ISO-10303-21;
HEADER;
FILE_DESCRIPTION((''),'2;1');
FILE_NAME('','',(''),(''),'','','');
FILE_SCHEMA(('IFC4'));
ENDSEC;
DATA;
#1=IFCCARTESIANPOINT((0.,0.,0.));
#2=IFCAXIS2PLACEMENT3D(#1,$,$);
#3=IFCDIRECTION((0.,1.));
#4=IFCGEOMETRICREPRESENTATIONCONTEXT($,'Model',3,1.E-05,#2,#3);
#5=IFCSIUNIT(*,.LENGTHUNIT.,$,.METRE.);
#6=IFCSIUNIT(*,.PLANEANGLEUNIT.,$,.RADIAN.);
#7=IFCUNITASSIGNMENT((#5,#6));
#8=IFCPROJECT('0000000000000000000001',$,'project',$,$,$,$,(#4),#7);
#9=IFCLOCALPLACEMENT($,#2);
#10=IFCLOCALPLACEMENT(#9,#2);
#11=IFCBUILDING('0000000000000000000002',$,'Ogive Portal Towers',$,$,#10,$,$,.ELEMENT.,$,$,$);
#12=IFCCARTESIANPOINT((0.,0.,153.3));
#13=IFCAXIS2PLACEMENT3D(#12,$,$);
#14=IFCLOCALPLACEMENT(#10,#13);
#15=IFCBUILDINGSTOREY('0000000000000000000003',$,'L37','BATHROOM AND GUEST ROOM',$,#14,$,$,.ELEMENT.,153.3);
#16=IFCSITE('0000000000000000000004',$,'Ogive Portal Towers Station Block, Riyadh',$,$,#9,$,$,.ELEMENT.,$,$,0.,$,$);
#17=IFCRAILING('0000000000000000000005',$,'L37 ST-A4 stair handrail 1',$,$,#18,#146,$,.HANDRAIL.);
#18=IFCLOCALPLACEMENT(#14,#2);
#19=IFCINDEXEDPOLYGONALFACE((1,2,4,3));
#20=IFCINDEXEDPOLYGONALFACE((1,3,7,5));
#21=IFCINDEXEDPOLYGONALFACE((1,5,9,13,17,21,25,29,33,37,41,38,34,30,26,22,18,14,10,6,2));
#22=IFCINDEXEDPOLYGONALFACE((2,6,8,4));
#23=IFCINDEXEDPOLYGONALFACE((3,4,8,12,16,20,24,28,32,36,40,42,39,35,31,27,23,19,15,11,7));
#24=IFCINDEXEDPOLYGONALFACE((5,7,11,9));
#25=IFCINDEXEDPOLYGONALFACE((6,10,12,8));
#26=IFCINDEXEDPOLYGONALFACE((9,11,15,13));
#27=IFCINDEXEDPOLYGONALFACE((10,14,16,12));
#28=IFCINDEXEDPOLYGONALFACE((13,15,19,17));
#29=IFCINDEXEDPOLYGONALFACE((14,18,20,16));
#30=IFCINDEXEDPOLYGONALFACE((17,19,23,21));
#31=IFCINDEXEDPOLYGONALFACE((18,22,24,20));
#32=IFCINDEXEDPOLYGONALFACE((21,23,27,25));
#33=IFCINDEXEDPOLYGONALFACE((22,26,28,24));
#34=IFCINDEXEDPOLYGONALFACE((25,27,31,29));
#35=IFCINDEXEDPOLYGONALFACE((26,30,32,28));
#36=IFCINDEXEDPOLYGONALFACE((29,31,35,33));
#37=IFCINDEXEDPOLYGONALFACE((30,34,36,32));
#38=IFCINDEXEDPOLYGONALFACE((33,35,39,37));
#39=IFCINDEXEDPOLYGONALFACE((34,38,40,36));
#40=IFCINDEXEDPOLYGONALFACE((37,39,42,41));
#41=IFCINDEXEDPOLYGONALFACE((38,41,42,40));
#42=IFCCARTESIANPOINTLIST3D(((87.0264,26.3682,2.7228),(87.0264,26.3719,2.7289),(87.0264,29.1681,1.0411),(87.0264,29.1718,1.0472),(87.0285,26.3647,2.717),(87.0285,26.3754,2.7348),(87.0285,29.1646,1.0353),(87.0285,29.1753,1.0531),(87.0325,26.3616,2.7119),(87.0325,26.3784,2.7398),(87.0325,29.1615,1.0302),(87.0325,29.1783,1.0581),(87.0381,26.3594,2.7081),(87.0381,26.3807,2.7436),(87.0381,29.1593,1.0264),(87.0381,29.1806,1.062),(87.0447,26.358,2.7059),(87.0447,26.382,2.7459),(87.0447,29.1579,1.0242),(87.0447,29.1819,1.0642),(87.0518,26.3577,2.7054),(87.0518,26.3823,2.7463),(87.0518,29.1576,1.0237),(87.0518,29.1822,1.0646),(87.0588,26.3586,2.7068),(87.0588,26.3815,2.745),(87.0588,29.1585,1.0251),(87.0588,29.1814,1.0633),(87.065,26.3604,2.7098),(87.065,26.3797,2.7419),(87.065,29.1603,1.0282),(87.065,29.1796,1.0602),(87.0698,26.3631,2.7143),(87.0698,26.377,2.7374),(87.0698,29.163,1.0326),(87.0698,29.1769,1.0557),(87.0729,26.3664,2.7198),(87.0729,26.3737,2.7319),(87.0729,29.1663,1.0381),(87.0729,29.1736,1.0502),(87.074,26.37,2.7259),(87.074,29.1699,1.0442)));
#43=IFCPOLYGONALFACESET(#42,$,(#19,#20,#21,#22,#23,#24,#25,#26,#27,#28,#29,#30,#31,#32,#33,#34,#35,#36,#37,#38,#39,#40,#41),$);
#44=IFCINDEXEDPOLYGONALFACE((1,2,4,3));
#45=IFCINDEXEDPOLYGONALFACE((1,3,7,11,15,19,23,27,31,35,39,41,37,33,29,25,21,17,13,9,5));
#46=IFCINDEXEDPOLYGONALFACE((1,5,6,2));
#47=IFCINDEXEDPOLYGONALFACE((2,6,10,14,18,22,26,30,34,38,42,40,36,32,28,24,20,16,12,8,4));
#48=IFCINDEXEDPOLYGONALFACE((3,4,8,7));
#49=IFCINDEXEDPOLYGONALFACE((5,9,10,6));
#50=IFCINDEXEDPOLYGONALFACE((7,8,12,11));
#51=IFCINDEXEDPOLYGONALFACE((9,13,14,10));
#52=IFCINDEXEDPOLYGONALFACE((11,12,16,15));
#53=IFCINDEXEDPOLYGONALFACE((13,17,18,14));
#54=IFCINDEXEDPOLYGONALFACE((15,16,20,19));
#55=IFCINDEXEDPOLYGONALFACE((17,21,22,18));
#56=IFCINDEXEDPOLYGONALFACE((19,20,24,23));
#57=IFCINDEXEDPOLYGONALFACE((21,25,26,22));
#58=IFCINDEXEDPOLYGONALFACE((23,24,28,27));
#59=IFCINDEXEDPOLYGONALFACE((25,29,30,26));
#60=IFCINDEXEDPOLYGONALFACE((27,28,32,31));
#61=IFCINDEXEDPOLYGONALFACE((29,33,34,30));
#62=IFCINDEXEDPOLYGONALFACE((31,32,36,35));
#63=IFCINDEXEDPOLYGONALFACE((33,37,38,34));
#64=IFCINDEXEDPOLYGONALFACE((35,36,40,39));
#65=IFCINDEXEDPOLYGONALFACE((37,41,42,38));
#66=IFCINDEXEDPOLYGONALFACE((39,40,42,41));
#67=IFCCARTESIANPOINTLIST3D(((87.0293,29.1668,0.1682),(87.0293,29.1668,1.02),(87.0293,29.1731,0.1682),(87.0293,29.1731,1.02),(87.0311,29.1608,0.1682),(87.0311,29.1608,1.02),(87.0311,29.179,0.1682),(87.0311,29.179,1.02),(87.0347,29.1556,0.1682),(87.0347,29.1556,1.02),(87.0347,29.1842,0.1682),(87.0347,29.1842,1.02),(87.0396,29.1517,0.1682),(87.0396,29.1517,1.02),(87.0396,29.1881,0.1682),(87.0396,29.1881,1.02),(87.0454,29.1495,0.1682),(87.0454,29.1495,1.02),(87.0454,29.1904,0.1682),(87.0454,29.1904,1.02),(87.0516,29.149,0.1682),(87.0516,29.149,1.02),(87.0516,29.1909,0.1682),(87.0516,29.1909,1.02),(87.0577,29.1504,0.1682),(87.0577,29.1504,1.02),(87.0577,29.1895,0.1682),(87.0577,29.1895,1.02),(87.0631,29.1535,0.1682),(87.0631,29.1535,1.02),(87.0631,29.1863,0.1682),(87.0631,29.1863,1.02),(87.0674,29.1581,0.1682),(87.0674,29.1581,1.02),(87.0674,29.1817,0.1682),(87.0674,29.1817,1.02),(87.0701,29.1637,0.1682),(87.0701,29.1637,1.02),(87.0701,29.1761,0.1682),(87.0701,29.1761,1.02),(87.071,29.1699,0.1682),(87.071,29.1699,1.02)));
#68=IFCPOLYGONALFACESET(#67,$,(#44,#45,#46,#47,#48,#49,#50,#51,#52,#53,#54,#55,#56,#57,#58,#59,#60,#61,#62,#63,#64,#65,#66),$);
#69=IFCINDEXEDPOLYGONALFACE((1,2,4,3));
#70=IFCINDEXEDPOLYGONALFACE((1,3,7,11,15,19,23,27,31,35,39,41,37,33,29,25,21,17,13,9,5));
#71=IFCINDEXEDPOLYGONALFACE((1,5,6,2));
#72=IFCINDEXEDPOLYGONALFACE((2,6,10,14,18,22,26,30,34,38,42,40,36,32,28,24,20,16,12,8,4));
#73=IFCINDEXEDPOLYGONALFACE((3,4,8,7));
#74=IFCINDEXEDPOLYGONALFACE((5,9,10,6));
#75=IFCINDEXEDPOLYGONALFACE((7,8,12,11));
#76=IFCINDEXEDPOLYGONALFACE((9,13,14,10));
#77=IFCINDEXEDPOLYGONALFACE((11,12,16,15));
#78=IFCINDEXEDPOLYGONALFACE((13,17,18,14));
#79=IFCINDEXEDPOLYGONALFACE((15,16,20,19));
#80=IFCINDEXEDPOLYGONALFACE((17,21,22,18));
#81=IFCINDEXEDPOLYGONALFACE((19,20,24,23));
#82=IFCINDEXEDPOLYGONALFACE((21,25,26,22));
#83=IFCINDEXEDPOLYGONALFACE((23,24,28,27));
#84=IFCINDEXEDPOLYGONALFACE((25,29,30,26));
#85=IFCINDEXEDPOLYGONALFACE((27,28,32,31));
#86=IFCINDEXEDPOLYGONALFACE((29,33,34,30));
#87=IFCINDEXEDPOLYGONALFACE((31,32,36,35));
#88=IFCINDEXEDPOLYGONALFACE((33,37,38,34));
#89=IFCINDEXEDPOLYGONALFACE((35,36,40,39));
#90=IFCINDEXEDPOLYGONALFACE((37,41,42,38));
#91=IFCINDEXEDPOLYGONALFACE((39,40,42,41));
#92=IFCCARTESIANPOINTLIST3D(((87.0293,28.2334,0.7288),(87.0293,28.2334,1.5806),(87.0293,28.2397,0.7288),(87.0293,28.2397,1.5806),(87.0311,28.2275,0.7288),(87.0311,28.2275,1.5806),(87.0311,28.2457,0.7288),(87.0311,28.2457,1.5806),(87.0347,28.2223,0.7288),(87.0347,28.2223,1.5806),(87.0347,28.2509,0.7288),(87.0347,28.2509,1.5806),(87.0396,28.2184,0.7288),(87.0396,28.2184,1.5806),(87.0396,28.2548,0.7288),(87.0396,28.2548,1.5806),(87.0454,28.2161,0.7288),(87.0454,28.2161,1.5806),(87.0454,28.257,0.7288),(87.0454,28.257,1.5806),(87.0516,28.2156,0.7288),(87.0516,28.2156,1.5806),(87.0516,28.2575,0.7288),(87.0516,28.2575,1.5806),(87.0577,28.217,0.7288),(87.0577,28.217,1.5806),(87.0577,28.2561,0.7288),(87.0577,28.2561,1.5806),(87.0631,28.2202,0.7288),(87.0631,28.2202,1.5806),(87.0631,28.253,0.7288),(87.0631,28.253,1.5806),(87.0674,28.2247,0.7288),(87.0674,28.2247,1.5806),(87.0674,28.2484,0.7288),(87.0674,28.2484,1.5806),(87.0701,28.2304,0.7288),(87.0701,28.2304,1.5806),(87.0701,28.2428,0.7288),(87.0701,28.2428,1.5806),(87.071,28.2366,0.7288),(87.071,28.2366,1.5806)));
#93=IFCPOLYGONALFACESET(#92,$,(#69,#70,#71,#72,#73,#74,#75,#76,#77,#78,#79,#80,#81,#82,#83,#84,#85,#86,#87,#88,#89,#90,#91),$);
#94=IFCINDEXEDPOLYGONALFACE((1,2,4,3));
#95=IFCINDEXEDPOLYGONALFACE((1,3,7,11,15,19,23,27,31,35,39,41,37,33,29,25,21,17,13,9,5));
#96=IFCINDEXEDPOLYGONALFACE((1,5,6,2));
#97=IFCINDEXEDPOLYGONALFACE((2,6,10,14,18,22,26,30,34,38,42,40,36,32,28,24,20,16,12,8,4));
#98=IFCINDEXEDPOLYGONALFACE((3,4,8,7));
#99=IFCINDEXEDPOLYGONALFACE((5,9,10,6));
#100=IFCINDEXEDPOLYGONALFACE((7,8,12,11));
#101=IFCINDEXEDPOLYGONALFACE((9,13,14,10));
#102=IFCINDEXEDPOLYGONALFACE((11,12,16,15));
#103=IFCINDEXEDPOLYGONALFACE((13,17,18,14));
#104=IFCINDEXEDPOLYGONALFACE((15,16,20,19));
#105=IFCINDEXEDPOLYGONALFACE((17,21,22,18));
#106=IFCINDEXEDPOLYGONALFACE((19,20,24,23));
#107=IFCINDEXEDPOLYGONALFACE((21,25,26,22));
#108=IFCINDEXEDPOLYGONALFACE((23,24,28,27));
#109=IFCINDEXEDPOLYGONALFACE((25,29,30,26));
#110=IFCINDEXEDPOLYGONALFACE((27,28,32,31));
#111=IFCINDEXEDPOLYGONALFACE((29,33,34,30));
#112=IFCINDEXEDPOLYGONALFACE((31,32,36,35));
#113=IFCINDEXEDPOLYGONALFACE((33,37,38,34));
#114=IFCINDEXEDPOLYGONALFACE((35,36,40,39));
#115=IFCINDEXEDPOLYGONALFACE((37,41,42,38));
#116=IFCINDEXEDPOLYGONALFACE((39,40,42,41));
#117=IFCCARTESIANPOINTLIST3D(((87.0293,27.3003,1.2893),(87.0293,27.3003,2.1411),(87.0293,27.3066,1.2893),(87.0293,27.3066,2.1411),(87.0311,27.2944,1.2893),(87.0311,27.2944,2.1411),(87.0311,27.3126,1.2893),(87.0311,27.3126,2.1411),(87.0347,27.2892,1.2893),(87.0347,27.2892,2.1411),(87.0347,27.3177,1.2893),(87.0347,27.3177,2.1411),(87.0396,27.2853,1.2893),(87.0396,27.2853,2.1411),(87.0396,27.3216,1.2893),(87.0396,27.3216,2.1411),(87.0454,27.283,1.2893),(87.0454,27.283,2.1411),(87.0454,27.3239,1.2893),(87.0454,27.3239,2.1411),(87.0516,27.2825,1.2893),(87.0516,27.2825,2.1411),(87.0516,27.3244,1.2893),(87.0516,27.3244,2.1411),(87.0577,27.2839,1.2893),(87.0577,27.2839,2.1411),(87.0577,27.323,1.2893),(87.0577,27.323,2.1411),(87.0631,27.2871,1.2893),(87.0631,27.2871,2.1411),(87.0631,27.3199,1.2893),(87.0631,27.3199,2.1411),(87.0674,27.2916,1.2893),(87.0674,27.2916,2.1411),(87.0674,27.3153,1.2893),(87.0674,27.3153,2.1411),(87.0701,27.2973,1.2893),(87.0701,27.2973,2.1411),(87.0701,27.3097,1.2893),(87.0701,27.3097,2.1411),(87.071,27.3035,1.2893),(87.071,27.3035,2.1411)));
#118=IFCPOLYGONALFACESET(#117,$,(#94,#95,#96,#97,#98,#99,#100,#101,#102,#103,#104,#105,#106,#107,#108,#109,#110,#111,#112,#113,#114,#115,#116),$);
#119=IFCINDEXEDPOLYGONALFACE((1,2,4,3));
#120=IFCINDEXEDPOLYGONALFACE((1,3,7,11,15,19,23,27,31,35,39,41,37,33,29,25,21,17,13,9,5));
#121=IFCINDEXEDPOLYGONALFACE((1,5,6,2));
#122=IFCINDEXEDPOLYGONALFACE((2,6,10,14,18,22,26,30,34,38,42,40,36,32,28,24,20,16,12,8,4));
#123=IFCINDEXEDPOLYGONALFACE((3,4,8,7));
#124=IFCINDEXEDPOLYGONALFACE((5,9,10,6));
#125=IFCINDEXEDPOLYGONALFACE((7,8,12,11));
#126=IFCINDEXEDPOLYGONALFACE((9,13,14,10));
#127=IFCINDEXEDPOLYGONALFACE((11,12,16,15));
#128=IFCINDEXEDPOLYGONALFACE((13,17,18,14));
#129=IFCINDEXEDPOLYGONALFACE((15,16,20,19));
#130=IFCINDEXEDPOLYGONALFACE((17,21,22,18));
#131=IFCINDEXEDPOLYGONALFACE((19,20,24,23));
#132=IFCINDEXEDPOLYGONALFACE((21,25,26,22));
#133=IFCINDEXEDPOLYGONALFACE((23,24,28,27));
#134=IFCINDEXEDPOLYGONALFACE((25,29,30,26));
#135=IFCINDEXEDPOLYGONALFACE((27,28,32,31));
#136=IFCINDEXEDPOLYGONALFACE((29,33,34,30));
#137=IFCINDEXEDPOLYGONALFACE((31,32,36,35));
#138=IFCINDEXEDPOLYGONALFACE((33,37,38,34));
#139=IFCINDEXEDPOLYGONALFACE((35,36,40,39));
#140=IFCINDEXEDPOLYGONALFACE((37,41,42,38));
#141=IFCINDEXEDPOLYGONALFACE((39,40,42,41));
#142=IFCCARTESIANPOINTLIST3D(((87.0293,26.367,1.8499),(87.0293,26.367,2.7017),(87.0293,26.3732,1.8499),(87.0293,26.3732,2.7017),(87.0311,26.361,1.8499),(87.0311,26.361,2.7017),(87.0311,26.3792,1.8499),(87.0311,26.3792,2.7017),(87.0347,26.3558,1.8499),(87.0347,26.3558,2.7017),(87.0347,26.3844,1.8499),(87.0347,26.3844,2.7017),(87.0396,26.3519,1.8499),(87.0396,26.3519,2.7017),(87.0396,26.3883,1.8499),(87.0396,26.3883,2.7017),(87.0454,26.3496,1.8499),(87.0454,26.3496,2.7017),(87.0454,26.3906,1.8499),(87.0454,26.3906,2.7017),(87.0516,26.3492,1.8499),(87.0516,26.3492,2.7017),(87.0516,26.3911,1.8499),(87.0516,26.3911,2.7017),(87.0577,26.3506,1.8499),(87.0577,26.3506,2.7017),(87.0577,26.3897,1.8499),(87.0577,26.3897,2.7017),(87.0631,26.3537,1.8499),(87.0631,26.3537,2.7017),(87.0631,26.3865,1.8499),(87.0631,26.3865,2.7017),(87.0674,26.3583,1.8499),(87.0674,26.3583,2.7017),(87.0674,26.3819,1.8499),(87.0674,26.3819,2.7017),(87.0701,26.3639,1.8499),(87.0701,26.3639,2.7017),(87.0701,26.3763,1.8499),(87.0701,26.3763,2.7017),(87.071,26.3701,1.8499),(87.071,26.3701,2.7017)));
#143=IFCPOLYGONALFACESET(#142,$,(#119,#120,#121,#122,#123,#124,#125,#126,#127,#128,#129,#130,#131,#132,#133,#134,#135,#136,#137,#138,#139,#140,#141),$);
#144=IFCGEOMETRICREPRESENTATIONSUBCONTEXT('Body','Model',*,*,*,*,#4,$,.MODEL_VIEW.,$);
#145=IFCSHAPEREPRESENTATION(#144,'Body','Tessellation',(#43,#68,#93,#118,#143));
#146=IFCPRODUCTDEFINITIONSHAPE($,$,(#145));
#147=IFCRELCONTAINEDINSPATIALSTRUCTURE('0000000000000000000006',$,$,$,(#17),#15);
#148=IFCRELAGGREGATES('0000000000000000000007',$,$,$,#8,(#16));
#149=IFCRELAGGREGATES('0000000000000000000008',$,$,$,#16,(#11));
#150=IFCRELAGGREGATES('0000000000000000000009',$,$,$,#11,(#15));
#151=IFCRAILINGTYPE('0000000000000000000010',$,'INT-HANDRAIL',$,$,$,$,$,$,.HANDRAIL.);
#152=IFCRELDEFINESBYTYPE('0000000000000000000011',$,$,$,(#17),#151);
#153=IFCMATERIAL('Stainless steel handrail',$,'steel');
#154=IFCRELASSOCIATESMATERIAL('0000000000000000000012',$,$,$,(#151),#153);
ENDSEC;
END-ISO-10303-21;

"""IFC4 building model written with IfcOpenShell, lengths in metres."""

from ifc_helpers import new_model, si_unit, direction, frame, origin, origin_2d, place, context, subcontext, project, spatial, circle, extrude, material, type_object, element, save


model = new_model("IFC4")

# Units and contexts
model_context = context("Model", 3, precision=1e-05, world=origin(), true_north=direction((0.0, 1.0)))
body_context = subcontext(model_context, "Body", "Model", "MODEL_VIEW")
ifc_project = project(units=[si_unit("LENGTHUNIT", "METRE"), si_unit("PLANEANGLEUNIT", "RADIAN")], contexts=[model_context])

# Site, building, storey
site_placement = place(None, origin())
site = spatial("IfcSite", under=ifc_project, at=site_placement, Name="Ogive Portal Towers Station Block, Riyadh", CompositionType="ELEMENT", RefElevation=0.0)
building_placement = place(site_placement, origin())
building = spatial("IfcBuilding", under=site, at=building_placement, Name="Ogive Portal Towers", CompositionType="ELEMENT")
storey_placement = place(building_placement, frame((0.0, 0.0, 153.3)))
storey = spatial("IfcBuildingStorey", under=building, at=storey_placement, Name="L37", Description="BATHROOM AND GUEST ROOM", CompositionType="ELEMENT", Elevation=153.3)

# Railing
ifc_material_1 = material(Name="Stainless steel handrail", Category="steel")
railing_type_1 = type_object("IfcRailingType", Name="INT-HANDRAIL", PredefinedType="HANDRAIL", material=ifc_material_1)
railing_1_placement = place(storey_placement, frame((87.05, 29.1699, 0.1682)))
element("IfcRailing", 1, at=railing_1_placement, inside=storey, type_object=railing_type_1, Name="L37 ST-A4 stair handrail 1", PredefinedType="HANDRAIL", context=body_context, shape_type="SweptSolid", body=[
    extrude(circle(Radius=0.0239, at=origin_2d()), frame((0.0, 0.0, 0.876), z_axis=(0.0, -0.857255, 0.514891), x_axis=(1.0, 0.0, 0.0)), (0.0, 0.0, 1.0), 3.2661),
    extrude(circle(Radius=0.021, at=origin_2d()), origin(), (0.0, 0.0, 1.0), 0.8518),
    extrude(circle(Radius=0.021, at=origin_2d()), frame((0.0, -0.9333, 0.5605)), (0.0, 0.0, 1.0), 0.8518),
    extrude(circle(Radius=0.021, at=origin_2d()), frame((0.0, -1.8665, 1.1211)), (0.0, 0.0, 1.0), 0.8518),
    extrude(circle(Radius=0.021, at=origin_2d()), frame((0.0, -2.7998, 1.6816)), (0.0, 0.0, 1.0), 0.8518),
])

save(model, "model.ifc")
